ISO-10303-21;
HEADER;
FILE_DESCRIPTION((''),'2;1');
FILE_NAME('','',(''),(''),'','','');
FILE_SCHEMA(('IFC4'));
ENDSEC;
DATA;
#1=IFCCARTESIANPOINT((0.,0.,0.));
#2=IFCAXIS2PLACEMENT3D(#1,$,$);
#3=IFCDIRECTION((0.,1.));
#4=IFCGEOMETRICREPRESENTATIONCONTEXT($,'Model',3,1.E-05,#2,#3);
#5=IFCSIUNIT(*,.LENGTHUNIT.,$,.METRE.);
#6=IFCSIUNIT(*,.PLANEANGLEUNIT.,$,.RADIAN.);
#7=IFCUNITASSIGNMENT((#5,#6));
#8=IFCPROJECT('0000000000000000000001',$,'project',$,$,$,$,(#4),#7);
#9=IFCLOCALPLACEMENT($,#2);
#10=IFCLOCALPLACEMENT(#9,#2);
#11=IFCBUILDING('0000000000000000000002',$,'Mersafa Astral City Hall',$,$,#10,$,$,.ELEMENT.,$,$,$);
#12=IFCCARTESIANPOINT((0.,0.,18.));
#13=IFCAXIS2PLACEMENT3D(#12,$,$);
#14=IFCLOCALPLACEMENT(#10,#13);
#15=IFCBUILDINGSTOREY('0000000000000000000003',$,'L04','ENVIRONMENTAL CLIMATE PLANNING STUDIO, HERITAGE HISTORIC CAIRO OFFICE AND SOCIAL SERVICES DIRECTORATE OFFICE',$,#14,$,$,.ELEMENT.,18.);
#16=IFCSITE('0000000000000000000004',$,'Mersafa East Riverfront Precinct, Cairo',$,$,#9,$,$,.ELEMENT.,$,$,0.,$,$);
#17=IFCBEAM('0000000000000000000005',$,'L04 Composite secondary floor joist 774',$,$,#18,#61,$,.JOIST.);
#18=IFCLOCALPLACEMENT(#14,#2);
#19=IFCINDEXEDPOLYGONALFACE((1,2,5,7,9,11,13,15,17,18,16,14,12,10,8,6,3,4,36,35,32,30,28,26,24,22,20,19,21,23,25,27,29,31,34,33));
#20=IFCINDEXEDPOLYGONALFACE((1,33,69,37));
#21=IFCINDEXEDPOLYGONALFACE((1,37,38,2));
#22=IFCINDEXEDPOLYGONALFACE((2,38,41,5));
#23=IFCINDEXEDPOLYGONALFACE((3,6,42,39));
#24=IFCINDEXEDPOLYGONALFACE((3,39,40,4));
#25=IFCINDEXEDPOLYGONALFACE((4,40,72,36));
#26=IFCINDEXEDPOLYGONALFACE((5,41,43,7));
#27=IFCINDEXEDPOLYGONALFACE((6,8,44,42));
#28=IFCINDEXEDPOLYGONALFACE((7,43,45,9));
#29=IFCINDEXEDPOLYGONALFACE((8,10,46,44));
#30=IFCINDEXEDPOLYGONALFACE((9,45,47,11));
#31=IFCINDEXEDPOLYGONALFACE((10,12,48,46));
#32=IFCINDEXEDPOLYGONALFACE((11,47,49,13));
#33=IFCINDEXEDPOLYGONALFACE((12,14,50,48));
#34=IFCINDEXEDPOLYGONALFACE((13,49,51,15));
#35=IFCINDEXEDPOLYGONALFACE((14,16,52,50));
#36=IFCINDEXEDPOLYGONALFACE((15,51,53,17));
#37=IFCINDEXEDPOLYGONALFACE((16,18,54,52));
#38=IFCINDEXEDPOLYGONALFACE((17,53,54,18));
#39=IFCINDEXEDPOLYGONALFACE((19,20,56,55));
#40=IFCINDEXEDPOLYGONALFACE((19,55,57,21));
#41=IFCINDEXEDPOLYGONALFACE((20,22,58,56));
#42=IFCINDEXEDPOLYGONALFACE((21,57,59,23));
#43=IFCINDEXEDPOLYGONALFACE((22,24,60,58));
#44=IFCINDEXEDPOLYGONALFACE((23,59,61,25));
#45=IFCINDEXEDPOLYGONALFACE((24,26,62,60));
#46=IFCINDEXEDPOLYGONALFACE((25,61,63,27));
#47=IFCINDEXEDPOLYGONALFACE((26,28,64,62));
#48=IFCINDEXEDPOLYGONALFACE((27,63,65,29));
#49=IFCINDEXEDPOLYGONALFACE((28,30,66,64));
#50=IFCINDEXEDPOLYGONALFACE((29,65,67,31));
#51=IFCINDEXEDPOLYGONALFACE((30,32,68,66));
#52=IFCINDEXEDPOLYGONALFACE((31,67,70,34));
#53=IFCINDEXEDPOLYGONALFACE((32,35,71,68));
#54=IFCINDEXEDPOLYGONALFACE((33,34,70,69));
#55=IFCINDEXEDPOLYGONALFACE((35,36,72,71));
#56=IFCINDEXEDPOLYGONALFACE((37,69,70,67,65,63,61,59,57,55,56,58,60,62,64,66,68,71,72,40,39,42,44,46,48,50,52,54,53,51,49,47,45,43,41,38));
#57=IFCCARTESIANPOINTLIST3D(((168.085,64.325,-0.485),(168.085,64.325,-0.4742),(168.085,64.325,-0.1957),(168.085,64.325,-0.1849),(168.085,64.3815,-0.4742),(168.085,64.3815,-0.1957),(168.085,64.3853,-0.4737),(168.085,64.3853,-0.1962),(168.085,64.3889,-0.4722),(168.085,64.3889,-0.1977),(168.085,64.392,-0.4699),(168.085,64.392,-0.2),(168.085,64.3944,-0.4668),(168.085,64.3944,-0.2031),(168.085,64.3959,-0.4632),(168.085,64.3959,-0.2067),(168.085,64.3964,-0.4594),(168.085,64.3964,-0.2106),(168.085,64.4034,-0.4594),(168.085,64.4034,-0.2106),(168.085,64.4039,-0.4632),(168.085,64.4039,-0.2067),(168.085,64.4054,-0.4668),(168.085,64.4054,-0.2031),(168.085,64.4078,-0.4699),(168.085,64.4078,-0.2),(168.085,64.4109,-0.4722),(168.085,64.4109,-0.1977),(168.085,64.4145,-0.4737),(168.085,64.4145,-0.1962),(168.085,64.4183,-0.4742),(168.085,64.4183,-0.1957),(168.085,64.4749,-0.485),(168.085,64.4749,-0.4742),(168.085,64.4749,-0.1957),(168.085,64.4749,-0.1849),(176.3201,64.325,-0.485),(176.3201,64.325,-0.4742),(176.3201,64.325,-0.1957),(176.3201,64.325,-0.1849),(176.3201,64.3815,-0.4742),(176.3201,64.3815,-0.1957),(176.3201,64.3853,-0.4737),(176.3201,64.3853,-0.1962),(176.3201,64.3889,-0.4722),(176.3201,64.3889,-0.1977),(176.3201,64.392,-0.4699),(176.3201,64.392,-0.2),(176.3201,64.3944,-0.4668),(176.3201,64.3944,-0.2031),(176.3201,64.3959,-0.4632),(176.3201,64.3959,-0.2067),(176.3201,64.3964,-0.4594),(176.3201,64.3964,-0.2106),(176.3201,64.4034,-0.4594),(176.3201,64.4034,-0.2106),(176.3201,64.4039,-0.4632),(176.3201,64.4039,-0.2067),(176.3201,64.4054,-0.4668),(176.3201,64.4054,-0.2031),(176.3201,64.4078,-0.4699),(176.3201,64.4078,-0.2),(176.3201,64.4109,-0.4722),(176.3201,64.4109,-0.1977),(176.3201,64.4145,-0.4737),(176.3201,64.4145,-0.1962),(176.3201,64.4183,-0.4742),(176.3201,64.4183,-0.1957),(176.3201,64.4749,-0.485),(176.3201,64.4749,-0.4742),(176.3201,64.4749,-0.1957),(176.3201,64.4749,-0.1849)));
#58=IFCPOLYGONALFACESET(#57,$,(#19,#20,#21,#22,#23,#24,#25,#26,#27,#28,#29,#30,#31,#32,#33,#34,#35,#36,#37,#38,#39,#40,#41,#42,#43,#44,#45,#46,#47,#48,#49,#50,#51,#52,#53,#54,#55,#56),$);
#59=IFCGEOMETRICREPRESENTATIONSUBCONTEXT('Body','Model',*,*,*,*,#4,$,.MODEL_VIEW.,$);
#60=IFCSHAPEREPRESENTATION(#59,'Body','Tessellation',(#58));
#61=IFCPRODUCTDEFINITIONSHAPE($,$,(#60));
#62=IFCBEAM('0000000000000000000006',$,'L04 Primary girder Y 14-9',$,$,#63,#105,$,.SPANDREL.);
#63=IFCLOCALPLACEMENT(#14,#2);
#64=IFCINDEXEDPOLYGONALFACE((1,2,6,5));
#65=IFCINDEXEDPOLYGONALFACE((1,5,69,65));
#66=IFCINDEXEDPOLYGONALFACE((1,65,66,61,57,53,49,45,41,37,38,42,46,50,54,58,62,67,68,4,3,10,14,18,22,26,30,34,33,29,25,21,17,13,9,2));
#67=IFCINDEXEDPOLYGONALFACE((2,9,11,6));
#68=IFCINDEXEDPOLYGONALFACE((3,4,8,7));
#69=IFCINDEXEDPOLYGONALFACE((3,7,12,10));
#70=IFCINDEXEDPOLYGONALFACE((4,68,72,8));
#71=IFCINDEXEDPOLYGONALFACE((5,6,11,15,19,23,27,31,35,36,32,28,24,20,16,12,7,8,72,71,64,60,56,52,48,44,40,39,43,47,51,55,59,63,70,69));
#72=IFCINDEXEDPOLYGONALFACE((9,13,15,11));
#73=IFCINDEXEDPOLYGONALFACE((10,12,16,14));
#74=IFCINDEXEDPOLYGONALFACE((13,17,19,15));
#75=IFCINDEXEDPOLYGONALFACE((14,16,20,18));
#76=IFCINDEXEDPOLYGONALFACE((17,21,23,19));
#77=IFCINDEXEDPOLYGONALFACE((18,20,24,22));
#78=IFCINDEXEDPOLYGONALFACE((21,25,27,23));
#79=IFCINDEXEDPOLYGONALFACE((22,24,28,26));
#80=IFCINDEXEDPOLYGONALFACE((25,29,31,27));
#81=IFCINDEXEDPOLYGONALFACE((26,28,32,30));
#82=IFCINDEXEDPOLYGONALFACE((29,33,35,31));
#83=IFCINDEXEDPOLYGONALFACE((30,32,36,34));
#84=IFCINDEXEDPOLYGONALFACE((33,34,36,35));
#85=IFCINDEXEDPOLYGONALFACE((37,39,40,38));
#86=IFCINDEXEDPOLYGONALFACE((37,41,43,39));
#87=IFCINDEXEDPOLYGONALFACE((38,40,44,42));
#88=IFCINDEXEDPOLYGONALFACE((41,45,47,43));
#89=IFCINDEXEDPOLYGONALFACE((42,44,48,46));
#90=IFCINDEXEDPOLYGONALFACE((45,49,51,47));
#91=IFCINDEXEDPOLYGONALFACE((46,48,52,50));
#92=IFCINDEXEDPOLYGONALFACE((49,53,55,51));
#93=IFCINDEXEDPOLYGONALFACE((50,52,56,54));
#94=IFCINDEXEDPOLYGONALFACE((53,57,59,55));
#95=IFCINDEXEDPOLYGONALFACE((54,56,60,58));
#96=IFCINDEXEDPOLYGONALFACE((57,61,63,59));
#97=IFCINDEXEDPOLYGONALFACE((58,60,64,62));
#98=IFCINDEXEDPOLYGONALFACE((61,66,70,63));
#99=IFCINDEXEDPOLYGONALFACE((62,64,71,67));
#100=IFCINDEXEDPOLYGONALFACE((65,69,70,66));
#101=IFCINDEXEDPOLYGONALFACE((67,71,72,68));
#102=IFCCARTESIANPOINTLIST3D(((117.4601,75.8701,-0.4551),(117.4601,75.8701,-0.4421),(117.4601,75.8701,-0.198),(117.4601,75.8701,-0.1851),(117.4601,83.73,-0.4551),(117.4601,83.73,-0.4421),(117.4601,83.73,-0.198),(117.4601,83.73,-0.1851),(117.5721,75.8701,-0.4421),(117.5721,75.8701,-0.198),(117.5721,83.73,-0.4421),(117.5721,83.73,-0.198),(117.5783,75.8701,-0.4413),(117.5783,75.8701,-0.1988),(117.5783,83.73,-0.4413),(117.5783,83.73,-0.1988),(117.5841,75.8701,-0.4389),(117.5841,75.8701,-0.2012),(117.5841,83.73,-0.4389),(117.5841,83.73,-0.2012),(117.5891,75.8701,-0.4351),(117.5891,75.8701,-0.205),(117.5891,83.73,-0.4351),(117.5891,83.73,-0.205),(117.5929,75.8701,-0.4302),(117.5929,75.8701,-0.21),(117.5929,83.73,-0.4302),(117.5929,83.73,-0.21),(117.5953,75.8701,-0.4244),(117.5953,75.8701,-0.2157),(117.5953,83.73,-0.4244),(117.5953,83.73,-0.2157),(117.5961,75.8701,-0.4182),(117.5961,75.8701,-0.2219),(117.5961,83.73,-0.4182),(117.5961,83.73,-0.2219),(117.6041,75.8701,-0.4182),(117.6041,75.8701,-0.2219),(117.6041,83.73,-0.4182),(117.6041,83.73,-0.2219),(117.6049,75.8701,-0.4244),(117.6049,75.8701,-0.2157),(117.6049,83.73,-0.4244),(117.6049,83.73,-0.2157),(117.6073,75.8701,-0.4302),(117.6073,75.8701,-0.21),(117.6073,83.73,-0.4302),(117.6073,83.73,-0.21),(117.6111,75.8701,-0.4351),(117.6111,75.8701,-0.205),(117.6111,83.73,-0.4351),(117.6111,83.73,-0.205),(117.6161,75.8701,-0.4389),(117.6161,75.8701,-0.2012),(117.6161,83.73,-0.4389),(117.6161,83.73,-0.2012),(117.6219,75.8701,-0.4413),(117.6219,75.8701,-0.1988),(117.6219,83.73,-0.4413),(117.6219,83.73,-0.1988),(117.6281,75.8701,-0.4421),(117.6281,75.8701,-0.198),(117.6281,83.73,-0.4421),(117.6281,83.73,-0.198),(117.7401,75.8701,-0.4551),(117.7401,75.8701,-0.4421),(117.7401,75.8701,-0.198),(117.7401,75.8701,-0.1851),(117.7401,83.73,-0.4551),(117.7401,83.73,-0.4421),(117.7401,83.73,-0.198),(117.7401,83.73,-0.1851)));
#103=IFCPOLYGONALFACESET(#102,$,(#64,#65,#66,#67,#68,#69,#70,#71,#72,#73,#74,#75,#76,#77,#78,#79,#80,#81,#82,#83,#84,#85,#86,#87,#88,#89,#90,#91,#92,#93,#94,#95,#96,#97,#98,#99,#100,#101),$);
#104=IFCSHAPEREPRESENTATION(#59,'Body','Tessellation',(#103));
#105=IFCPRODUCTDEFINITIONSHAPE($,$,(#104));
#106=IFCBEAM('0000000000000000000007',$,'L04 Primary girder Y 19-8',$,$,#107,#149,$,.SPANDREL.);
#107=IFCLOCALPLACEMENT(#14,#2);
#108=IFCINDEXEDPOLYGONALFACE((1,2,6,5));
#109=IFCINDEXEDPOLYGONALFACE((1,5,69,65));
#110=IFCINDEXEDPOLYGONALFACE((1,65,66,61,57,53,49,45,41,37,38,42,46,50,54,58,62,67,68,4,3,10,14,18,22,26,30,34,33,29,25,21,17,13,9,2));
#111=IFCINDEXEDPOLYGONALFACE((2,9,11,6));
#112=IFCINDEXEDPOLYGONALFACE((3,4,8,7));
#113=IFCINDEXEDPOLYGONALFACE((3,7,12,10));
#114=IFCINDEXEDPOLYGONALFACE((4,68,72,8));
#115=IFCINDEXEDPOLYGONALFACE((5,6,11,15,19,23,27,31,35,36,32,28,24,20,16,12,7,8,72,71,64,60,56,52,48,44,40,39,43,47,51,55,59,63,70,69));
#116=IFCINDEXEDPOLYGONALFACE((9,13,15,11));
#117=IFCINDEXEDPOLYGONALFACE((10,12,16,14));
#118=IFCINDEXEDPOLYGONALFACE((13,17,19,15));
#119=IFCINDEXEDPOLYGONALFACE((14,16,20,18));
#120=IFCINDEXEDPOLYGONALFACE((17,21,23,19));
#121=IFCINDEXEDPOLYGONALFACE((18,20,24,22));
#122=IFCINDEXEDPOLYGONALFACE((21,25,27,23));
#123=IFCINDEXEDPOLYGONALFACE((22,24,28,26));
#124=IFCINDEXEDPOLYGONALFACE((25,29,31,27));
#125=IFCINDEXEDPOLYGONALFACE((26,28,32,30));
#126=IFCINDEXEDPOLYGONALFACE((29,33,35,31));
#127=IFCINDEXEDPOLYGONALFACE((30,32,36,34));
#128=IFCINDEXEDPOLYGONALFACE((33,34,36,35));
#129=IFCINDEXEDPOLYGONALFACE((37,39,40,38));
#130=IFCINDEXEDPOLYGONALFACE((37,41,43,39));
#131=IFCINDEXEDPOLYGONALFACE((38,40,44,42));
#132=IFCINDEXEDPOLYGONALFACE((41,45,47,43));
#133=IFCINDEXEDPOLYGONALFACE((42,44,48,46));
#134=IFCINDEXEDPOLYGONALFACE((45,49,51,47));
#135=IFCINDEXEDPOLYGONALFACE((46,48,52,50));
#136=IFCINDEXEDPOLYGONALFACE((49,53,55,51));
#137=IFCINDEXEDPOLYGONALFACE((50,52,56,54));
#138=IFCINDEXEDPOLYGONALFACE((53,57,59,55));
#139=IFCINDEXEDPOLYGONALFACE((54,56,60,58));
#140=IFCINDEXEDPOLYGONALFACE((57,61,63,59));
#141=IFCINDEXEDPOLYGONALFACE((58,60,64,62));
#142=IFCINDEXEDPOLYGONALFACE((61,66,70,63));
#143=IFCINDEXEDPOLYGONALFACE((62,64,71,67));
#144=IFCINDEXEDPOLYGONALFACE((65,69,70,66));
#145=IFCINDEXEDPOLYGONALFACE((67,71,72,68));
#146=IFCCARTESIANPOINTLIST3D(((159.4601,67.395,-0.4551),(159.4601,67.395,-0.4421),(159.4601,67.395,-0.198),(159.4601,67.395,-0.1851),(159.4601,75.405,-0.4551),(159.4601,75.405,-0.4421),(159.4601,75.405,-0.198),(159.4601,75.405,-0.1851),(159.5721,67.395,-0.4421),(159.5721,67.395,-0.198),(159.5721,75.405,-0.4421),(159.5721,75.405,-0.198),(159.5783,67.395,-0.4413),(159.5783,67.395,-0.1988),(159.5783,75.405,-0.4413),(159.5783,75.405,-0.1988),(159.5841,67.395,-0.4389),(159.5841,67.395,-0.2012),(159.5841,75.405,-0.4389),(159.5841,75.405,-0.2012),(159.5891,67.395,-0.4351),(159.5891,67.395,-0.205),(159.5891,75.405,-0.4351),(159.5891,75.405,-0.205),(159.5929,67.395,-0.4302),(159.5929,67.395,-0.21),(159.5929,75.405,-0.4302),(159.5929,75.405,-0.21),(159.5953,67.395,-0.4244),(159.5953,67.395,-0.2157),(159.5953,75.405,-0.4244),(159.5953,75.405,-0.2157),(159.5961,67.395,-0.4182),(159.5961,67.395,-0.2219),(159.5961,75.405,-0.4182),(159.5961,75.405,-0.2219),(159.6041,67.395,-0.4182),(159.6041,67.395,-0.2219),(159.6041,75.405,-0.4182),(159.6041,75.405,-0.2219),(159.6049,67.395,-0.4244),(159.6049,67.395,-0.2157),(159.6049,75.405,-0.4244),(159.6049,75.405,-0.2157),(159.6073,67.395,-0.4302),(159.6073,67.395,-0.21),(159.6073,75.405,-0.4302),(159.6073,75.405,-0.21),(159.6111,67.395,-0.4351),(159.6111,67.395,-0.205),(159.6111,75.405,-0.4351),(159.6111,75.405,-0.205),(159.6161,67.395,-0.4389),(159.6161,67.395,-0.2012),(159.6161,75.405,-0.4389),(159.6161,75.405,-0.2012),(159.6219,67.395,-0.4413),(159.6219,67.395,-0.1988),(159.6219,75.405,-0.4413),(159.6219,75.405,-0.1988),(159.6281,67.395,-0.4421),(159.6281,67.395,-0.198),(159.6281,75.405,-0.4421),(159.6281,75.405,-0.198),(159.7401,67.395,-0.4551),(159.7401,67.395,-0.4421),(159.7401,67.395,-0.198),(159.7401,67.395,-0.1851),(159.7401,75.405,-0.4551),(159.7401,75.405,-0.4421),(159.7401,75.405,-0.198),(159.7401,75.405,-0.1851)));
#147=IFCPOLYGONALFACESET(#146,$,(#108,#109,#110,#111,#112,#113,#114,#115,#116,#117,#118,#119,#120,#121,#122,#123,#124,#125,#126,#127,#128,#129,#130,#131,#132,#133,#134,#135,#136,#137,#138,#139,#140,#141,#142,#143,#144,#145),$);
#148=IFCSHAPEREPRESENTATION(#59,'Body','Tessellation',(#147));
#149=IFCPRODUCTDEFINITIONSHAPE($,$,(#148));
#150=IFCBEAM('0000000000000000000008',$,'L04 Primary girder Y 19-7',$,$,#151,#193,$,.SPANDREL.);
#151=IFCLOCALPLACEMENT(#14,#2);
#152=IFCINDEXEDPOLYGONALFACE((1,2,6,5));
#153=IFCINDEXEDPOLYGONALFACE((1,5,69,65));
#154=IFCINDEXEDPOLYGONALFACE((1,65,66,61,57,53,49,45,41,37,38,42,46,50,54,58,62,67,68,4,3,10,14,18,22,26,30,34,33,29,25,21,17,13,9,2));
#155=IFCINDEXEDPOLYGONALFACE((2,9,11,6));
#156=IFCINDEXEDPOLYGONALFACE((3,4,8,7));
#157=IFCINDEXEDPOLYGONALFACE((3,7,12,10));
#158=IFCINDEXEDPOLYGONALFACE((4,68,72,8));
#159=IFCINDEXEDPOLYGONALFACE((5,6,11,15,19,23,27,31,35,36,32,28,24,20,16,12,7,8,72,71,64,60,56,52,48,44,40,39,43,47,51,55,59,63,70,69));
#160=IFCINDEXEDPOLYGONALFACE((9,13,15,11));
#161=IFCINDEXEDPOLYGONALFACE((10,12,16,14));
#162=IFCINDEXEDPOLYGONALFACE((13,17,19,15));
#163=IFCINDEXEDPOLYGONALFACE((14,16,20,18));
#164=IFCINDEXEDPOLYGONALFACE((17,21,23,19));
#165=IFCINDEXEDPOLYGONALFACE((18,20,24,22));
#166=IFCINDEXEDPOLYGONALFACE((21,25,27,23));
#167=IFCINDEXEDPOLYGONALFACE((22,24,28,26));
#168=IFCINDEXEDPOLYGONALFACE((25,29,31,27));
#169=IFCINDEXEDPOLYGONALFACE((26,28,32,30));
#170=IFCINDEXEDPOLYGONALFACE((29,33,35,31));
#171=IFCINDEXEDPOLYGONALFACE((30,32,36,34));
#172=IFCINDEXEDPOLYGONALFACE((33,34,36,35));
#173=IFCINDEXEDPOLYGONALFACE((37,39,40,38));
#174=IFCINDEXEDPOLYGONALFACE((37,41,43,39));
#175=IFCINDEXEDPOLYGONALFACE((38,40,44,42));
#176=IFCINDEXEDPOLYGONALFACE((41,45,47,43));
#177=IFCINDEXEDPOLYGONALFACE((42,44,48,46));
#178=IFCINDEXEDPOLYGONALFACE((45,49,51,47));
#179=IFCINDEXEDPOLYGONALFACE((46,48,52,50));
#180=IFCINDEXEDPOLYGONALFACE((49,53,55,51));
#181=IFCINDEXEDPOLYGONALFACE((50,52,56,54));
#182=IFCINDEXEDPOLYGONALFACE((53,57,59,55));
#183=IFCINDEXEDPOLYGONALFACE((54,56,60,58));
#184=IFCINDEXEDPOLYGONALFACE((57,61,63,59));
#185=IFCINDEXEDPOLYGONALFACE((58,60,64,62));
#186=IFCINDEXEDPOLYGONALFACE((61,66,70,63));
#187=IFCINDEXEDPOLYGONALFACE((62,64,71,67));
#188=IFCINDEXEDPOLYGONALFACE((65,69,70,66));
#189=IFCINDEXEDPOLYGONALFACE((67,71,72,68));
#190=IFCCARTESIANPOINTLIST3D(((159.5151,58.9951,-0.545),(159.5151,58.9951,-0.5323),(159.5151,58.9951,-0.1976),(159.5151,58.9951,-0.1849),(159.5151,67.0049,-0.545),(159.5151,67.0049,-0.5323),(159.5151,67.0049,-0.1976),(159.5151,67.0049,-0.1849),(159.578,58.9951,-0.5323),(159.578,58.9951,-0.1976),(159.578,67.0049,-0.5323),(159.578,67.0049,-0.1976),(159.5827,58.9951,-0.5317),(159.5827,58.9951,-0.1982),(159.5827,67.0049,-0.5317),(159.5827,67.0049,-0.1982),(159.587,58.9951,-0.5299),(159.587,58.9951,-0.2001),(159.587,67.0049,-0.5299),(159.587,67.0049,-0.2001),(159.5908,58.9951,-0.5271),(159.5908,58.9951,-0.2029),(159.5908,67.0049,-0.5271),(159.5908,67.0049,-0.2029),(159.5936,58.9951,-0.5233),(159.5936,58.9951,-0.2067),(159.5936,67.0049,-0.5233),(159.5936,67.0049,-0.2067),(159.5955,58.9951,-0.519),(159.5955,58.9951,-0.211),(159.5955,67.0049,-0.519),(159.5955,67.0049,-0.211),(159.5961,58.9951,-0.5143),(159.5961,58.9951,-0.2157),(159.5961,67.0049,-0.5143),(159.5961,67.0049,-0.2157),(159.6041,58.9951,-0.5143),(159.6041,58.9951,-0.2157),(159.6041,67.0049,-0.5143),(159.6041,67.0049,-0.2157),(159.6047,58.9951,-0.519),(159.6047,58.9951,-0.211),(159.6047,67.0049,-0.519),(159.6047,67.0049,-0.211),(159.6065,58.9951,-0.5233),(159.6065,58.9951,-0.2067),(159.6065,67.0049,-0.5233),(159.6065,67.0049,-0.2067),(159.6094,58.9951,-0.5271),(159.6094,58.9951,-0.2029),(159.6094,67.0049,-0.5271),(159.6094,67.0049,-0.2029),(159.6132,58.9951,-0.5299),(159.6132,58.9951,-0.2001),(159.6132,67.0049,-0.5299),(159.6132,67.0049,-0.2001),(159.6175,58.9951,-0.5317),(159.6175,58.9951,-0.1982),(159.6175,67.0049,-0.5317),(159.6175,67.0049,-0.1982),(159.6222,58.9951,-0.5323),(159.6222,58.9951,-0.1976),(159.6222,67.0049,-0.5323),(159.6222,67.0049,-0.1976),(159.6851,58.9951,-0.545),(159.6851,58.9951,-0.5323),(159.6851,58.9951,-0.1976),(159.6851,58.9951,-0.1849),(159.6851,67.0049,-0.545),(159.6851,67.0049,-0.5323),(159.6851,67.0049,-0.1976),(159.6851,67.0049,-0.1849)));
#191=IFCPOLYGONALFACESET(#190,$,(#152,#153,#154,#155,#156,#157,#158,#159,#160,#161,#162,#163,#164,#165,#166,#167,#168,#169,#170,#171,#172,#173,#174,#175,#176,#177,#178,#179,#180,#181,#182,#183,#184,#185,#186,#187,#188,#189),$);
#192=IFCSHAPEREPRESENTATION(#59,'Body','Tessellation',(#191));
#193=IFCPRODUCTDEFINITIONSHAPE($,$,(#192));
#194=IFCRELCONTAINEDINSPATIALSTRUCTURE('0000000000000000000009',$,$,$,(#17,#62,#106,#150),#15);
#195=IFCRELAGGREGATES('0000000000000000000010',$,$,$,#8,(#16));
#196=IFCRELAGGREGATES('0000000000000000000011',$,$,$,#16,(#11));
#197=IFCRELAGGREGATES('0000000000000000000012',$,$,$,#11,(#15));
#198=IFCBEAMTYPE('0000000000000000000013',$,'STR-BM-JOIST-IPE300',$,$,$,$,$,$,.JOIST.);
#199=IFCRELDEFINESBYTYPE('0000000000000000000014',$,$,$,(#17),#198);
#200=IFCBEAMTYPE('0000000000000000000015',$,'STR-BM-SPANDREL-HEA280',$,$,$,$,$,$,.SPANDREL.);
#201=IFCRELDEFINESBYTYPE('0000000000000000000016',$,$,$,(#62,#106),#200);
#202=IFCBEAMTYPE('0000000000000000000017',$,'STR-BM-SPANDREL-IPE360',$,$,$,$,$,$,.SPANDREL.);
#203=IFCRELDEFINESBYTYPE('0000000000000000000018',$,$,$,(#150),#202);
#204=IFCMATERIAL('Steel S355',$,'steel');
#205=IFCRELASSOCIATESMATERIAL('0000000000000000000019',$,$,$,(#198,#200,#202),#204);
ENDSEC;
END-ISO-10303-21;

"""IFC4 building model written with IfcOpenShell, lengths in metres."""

from ifc_helpers import new_model, si_unit, direction, frame, origin, origin_2d, place, context, subcontext, project, spatial, i_section, extrude, material, material_profile, profile_set, type_object, element, save


model = new_model("IFC4")

# Units and contexts
model_context = context("Model", 3, precision=1e-05, world=origin(), true_north=direction((0.0, 1.0)))
body_context = subcontext(model_context, "Body", "Model", "MODEL_VIEW")
ifc_project = project(units=[si_unit("LENGTHUNIT", "METRE"), si_unit("PLANEANGLEUNIT", "RADIAN")], contexts=[model_context])

# Site, building, storey
site_placement = place(None, origin())
site = spatial("IfcSite", under=ifc_project, at=site_placement, Name="Mersafa East Riverfront Precinct, Cairo", CompositionType="ELEMENT", RefElevation=0.0)
building_placement = place(site_placement, origin())
building = spatial("IfcBuilding", under=site, at=building_placement, Name="Mersafa Astral City Hall", CompositionType="ELEMENT")
storey_placement = place(building_placement, frame((0.0, 0.0, 18.0)))
storey = spatial("IfcBuildingStorey", under=building, at=storey_placement, Name="L04", Description="ENVIRONMENTAL CLIMATE PLANNING STUDIO, HERITAGE HISTORIC CAIRO OFFICE AND SOCIAL SERVICES DIRECTORATE OFFICE", CompositionType="ELEMENT", Elevation=18.0)

# Shared definitions
ifc_material_1 = material(Name="Steel S355", Category="steel")

# Beams
ifc_material_profile_1 = material_profile(ifc_material_1, i_section(OverallWidth=0.1499, OverallDepth=0.3, WebThickness=0.0071, FlangeThickness=0.0107, FilletRadius=0.0149, at=origin_2d()), Name="IPE 300")
ifc_profile_set_1 = profile_set([ifc_material_profile_1], Name="Steel S355")
beam_type_1 = type_object("IfcBeamType", Name="STR-BM-JOIST-IPE300", PredefinedType="JOIST", material=ifc_profile_set_1)
beam_1_placement = place(storey_placement, frame((168.085, 64.3999, -0.335), z_axis=(1.0, 0.0, 0.0), x_axis=(0.0, 1.0, 0.0)))
element("IfcBeam", 1, at=beam_1_placement, inside=storey, type_object=beam_type_1, Name="L04 Composite secondary floor joist 774", PredefinedType="JOIST", context=body_context, shape_type="SweptSolid", body=[
    extrude(i_section(OverallWidth=0.1499, OverallDepth=0.3, WebThickness=0.0071, FlangeThickness=0.0107, FilletRadius=0.0149, at=origin_2d()), origin(), (0.0, 0.0, 1.0), 8.2351),
])
ifc_material_profile_2 = material_profile(ifc_material_1, i_section(OverallWidth=0.28, OverallDepth=0.27, WebThickness=0.0081, FlangeThickness=0.0129, FilletRadius=0.0239, at=origin_2d()), Name="HEA 280")
ifc_profile_set_2 = profile_set([ifc_material_profile_2], Name="Steel S355")
beam_type_2 = type_object("IfcBeamType", Name="STR-BM-SPANDREL-HEA280", PredefinedType="SPANDREL", material=ifc_profile_set_2)
beam_2_placement = place(storey_placement, frame((117.6001, 75.8701, -0.3201), z_axis=(0.0, 1.0, 0.0), x_axis=(-1.0, 0.0, 0.0)))
element("IfcBeam", 2, at=beam_2_placement, inside=storey, type_object=beam_type_2, Name="L04 Primary girder Y 14-9", PredefinedType="SPANDREL", context=body_context, shape_type="SweptSolid", body=[
    extrude(i_section(OverallWidth=0.28, OverallDepth=0.27, WebThickness=0.0081, FlangeThickness=0.0129, FilletRadius=0.0239, at=origin_2d()), origin(), (0.0, 0.0, 1.0), 7.8599),
])
beam_3_placement = place(storey_placement, frame((159.6001, 67.395, -0.3201), z_axis=(0.0, 1.0, 0.0), x_axis=(-1.0, 0.0, 0.0)))
element("IfcBeam", 3, at=beam_3_placement, inside=storey, type_object=beam_type_2, Name="L04 Primary girder Y 19-8", PredefinedType="SPANDREL", context=body_context, shape_type="SweptSolid", body=[
    extrude(i_section(OverallWidth=0.28, OverallDepth=0.27, WebThickness=0.0081, FlangeThickness=0.0129, FilletRadius=0.0239, at=origin_2d()), origin(), (0.0, 0.0, 1.0), 8.01),
])
ifc_material_profile_3 = material_profile(ifc_material_1, i_section(OverallWidth=0.1699, OverallDepth=0.3601, WebThickness=0.0081, FlangeThickness=0.0127, FilletRadius=0.0181, at=origin_2d()), Name="IPE 360")
ifc_profile_set_3 = profile_set([ifc_material_profile_3], Name="Steel S355")
beam_type_3 = type_object("IfcBeamType", Name="STR-BM-SPANDREL-IPE360", PredefinedType="SPANDREL", material=ifc_profile_set_3)
beam_4_placement = place(storey_placement, frame((159.6001, 58.9951, -0.365), z_axis=(0.0, 1.0, 0.0), x_axis=(-1.0, 0.0, 0.0)))
element("IfcBeam", 4, at=beam_4_placement, inside=storey, type_object=beam_type_3, Name="L04 Primary girder Y 19-7", PredefinedType="SPANDREL", context=body_context, shape_type="SweptSolid", body=[
    extrude(i_section(OverallWidth=0.1699, OverallDepth=0.3601, WebThickness=0.0081, FlangeThickness=0.0127, FilletRadius=0.0181, at=origin_2d()), origin(), (0.0, 0.0, 1.0), 8.0098),
])

save(model, "model.ifc")
